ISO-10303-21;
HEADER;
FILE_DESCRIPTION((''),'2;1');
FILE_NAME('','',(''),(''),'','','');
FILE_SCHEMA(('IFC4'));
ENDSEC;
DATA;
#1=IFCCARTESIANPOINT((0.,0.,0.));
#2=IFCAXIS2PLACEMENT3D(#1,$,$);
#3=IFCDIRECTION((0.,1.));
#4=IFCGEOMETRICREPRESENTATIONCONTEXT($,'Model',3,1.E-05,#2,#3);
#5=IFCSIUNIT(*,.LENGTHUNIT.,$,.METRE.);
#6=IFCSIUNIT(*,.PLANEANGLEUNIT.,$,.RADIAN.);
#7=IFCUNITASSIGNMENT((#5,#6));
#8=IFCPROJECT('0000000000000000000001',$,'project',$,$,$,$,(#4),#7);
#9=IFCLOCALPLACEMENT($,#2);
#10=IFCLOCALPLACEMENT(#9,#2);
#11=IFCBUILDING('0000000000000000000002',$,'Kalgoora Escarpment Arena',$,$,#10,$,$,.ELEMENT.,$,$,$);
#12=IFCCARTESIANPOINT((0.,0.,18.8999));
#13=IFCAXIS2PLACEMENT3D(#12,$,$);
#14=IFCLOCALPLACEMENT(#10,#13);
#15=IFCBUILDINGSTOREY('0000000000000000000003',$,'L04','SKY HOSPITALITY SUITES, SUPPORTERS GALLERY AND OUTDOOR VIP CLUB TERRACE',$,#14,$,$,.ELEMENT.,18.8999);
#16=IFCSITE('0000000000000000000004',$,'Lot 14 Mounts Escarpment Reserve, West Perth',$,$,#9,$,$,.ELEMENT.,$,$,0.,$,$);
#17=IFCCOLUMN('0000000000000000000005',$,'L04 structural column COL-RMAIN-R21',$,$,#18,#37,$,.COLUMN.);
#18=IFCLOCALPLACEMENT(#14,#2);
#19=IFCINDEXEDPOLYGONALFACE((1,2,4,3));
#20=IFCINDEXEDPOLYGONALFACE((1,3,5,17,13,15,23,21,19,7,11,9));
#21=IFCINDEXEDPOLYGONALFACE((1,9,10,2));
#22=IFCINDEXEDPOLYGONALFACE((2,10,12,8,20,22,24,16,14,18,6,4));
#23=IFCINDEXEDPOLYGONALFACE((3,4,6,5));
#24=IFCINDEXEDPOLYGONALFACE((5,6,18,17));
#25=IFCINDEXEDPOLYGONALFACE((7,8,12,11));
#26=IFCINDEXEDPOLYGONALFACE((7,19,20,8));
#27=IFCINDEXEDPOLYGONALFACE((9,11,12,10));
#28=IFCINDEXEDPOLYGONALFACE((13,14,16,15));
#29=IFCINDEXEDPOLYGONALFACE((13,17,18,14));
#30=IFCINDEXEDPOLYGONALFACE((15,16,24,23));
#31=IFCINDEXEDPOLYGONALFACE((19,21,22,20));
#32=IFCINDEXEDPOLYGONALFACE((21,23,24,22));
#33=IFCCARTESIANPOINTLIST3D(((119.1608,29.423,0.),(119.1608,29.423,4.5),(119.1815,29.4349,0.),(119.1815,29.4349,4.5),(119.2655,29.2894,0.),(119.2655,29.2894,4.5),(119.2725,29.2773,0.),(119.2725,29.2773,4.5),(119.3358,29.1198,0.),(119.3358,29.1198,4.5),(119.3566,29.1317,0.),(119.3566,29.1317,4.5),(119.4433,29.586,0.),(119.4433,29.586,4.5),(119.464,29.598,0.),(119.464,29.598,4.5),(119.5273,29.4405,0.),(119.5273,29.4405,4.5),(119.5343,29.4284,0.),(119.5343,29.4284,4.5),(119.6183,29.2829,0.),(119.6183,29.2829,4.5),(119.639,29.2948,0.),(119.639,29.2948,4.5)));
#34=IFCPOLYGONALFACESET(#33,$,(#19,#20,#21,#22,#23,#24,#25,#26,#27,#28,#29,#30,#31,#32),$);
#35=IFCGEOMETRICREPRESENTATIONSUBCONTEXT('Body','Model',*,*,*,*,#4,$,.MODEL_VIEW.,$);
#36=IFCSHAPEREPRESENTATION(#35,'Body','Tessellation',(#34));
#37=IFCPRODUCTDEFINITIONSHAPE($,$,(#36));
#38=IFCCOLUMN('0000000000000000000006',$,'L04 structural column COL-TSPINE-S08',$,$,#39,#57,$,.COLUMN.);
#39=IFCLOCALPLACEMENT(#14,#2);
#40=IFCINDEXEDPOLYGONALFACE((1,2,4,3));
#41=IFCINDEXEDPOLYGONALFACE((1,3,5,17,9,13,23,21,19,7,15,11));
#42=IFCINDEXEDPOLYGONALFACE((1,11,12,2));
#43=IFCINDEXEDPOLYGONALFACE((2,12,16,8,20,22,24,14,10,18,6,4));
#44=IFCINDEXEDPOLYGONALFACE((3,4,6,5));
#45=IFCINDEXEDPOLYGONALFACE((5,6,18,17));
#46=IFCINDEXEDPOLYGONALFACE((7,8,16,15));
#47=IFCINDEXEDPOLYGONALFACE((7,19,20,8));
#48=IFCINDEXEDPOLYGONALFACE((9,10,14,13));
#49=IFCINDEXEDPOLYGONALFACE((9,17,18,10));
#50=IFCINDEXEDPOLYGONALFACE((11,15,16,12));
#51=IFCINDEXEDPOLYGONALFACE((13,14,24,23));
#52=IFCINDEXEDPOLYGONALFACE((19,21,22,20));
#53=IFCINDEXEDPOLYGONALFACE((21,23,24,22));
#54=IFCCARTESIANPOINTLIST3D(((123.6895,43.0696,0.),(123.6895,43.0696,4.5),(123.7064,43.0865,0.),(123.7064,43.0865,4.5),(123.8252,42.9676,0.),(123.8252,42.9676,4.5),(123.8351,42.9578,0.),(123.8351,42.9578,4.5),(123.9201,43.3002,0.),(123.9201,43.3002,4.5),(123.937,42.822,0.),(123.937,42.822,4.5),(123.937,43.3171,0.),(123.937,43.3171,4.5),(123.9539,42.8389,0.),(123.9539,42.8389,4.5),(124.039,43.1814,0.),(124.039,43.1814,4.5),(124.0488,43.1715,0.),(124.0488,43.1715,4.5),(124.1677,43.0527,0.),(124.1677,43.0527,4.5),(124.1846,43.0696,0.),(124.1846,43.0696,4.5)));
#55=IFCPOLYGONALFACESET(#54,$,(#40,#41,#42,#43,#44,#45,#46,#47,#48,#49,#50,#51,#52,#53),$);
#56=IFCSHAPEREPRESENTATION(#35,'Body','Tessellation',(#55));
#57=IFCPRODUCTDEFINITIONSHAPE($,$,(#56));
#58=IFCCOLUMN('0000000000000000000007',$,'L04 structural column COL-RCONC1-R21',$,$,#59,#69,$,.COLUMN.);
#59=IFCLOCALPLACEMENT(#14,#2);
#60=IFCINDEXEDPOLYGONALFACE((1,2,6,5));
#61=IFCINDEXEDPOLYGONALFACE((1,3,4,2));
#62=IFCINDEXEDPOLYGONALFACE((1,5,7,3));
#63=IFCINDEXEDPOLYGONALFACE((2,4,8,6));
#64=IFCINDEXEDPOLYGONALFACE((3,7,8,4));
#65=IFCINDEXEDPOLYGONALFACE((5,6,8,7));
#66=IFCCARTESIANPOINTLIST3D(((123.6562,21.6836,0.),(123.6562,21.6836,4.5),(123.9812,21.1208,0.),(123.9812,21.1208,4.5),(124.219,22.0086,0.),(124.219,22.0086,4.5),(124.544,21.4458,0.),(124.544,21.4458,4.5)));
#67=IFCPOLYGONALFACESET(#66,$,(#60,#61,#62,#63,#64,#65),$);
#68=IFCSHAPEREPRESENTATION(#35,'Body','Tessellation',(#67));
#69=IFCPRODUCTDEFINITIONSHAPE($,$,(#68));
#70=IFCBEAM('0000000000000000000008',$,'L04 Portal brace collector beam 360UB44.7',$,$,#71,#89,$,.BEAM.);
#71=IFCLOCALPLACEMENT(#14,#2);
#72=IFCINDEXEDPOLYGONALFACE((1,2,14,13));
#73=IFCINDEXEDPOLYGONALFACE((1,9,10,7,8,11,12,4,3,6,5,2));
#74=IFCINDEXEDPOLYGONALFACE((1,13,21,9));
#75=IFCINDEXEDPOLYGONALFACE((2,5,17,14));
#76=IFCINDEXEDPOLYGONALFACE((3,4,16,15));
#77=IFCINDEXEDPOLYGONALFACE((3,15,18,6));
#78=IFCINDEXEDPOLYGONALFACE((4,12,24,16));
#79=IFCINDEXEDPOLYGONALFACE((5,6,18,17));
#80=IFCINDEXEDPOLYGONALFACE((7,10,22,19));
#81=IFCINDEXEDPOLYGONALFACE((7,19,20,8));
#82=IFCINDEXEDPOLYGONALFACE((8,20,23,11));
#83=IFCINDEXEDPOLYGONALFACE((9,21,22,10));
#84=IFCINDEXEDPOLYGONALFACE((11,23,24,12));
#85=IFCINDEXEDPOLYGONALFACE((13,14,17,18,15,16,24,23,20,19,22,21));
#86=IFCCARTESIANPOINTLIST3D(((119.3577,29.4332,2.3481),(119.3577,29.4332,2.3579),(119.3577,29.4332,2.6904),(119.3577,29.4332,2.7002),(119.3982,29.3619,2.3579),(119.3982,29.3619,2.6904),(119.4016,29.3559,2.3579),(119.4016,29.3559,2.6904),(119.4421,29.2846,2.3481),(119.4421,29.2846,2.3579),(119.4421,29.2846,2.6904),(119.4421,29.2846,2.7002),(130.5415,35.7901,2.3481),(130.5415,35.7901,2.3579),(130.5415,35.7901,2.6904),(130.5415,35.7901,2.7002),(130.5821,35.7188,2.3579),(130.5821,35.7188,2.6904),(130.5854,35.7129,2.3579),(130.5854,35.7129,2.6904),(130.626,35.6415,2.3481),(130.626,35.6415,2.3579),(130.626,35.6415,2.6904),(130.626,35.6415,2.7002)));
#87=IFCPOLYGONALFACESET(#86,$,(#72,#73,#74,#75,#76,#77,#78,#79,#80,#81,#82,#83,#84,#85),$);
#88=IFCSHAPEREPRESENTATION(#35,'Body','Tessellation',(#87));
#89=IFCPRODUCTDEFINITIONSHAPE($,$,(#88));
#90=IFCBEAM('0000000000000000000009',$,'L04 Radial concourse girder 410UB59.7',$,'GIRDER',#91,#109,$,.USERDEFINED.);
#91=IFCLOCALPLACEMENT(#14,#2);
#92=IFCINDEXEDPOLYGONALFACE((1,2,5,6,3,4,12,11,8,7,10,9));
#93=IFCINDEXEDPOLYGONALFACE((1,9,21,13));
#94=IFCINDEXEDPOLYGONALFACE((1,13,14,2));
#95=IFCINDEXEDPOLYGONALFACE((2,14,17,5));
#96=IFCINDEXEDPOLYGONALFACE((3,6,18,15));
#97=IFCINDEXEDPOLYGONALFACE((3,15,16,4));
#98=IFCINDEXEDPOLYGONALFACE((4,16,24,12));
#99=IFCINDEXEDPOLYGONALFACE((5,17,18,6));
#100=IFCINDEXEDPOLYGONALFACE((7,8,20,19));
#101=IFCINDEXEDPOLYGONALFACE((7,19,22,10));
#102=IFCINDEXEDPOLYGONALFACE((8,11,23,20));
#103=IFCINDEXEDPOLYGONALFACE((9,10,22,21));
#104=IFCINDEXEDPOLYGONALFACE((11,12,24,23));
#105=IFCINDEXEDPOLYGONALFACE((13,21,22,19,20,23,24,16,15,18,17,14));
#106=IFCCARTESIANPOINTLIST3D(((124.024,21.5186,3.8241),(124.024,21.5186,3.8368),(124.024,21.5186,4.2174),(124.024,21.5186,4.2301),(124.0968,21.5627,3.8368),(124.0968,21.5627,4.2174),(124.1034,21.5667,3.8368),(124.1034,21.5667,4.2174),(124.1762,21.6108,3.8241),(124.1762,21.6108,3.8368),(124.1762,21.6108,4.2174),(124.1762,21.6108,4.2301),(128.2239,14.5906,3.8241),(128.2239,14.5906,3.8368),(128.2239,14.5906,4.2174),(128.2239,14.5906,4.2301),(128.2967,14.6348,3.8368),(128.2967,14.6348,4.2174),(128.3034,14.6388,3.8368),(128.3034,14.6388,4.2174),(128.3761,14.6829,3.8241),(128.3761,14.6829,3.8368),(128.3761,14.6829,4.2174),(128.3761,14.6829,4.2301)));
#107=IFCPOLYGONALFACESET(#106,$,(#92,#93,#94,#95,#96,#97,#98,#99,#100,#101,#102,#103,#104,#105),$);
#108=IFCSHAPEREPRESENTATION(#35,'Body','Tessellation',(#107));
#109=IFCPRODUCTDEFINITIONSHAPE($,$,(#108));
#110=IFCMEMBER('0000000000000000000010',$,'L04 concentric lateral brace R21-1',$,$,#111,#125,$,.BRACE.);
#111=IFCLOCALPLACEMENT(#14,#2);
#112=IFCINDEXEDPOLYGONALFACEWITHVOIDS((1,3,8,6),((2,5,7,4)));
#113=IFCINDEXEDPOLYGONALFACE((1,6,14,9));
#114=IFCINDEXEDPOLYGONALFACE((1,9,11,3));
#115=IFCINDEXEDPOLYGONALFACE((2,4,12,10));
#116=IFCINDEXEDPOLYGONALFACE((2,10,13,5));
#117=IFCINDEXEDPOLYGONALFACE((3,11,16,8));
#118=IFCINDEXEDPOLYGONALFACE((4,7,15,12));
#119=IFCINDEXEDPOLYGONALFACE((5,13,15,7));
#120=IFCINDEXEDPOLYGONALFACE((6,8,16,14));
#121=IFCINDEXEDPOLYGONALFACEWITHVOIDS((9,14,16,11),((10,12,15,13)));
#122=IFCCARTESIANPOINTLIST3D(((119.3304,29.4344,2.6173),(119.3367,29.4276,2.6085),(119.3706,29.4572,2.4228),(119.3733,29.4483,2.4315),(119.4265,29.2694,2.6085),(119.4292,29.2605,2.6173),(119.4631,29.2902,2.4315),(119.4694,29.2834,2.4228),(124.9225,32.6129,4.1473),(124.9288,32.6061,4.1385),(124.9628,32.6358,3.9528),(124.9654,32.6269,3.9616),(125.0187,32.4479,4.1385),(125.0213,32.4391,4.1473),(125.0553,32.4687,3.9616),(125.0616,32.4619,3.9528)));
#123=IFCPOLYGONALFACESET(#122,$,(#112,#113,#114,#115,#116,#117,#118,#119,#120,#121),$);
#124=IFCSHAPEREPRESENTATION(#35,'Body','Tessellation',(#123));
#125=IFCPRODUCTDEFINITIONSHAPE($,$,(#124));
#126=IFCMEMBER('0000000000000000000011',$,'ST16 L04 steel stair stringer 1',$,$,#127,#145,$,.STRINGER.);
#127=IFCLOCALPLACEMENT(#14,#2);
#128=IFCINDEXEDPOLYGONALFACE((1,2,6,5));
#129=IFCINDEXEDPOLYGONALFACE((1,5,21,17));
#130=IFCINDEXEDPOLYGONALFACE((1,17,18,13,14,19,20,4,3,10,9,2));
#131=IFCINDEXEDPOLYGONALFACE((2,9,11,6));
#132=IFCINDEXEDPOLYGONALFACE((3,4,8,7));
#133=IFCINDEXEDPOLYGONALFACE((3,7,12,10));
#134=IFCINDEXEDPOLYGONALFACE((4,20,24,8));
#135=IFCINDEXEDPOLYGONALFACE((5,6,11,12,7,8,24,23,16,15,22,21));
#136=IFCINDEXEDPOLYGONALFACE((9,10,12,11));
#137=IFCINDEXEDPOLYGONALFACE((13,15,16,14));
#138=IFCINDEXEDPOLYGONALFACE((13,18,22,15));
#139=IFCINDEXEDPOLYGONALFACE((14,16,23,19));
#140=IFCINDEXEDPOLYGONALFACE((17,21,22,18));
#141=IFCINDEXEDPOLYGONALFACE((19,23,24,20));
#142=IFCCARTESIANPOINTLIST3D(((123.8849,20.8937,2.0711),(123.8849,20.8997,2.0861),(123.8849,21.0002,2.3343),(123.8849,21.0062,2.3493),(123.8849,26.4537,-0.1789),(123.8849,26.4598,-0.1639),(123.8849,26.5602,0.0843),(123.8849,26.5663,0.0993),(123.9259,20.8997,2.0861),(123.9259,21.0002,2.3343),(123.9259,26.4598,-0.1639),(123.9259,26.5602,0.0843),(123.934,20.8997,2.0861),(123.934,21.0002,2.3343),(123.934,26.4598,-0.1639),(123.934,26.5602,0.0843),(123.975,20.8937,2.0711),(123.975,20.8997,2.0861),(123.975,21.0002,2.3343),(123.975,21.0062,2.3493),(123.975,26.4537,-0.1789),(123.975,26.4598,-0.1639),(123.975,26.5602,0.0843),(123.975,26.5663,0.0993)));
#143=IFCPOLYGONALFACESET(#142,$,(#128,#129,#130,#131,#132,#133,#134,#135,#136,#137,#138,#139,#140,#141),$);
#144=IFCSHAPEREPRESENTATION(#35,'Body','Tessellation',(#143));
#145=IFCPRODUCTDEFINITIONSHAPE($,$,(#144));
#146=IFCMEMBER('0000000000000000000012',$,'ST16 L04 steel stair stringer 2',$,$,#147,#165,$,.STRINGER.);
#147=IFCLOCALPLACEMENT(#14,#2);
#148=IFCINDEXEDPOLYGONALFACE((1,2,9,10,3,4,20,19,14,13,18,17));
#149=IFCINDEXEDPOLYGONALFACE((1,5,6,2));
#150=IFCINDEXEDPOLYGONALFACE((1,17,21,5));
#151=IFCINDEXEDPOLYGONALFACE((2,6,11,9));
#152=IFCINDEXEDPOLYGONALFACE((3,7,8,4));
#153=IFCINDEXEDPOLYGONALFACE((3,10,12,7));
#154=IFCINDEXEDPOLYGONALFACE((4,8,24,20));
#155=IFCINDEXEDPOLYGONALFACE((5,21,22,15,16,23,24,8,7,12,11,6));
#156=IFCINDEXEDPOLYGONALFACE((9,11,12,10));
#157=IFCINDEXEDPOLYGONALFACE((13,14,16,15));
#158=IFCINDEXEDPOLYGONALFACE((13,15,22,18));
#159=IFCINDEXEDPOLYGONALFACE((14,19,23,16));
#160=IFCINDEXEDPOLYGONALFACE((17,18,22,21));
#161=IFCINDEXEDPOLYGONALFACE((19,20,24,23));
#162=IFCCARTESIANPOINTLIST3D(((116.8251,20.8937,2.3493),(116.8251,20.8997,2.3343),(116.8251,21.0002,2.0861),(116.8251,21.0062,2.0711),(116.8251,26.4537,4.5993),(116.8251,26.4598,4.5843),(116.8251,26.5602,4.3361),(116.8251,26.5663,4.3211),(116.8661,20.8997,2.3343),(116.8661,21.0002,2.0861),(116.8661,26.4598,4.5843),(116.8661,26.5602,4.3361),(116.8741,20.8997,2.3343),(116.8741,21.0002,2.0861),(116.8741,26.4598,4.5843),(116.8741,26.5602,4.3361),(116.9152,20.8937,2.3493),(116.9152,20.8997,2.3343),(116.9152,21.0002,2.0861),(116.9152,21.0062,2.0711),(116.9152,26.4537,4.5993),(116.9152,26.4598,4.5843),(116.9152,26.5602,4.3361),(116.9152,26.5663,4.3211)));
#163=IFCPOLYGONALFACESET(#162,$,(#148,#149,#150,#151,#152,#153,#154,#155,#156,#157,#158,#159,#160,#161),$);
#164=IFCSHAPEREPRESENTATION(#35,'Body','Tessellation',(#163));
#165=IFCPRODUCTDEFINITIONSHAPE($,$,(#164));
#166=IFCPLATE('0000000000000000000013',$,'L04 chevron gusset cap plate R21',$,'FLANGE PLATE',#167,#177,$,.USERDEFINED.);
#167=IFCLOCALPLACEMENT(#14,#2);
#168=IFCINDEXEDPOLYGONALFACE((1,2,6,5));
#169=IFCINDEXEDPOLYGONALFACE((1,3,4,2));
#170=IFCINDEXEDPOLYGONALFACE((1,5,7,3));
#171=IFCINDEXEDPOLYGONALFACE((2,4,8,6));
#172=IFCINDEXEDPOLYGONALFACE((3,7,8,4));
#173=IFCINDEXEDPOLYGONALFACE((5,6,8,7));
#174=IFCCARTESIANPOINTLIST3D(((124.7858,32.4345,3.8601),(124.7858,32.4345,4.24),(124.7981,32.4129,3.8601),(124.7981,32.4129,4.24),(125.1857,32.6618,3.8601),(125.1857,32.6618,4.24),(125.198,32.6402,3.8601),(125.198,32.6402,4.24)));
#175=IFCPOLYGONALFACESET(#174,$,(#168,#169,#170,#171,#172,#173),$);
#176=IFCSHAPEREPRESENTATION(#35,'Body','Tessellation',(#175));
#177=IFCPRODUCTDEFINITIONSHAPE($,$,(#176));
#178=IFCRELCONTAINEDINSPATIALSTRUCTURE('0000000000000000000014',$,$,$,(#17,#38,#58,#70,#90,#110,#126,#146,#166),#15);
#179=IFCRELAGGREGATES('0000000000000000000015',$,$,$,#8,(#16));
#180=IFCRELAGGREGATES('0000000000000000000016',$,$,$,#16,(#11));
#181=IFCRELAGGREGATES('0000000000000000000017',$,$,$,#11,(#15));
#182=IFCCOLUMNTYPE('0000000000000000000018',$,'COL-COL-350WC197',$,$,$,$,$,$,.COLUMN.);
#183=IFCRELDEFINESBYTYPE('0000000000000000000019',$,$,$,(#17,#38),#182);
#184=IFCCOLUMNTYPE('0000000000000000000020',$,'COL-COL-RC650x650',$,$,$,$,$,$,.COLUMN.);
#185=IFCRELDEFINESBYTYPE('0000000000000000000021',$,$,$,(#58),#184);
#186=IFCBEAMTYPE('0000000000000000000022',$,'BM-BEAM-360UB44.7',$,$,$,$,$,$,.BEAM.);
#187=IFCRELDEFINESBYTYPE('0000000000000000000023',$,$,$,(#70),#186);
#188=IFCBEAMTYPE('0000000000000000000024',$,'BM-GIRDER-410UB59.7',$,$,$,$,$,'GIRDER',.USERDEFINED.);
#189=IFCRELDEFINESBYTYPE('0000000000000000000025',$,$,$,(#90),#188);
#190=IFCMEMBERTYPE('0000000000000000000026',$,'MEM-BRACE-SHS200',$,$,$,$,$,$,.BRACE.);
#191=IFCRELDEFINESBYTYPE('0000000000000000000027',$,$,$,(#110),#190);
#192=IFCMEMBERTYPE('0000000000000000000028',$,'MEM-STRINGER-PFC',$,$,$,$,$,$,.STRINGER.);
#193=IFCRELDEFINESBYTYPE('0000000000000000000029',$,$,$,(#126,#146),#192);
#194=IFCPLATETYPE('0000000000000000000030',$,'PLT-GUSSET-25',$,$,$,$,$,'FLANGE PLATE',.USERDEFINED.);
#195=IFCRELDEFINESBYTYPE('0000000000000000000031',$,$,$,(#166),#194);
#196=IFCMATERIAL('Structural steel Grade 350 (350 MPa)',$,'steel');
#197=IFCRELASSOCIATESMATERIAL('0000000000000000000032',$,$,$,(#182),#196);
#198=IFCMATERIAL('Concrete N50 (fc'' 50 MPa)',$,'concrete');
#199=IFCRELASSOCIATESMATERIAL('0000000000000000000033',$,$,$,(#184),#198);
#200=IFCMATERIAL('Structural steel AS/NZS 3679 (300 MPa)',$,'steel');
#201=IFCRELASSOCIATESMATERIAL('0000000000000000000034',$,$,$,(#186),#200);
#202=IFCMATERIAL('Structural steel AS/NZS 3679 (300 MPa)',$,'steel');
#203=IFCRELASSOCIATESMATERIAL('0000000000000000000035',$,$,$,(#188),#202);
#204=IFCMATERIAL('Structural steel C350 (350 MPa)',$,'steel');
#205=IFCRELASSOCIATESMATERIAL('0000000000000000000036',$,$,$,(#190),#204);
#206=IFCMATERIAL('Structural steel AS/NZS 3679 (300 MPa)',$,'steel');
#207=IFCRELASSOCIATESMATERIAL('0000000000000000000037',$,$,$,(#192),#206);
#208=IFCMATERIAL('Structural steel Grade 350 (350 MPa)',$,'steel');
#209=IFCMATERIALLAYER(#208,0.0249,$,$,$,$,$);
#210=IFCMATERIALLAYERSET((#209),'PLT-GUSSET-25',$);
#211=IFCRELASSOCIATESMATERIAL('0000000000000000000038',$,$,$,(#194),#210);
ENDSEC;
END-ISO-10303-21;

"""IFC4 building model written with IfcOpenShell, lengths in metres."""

from ifc_helpers import new_model, si_unit, direction, frame, origin, origin_2d, place, context, subcontext, project, spatial, rectangle, hollow_rectangle, i_section, extrude, material, layer, layer_set, material_profile, profile_set, type_object, element, save


model = new_model("IFC4")

# Units and contexts
model_context = context("Model", 3, precision=1e-05, world=origin(), true_north=direction((0.0, 1.0)))
body_context = subcontext(model_context, "Body", "Model", "MODEL_VIEW")
ifc_project = project(units=[si_unit("LENGTHUNIT", "METRE"), si_unit("PLANEANGLEUNIT", "RADIAN")], contexts=[model_context])

# Site, building, storey
site_placement = place(None, origin())
site = spatial("IfcSite", under=ifc_project, at=site_placement, Name="Lot 14 Mounts Escarpment Reserve, West Perth", CompositionType="ELEMENT", RefElevation=0.0)
building_placement = place(site_placement, origin())
building = spatial("IfcBuilding", under=site, at=building_placement, Name="Kalgoora Escarpment Arena", CompositionType="ELEMENT")
storey_placement = place(building_placement, frame((0.0, 0.0, 18.8999)))
storey = spatial("IfcBuildingStorey", under=building, at=storey_placement, Name="L04", Description="SKY HOSPITALITY SUITES, SUPPORTERS GALLERY AND OUTDOOR VIP CLUB TERRACE", CompositionType="ELEMENT", Elevation=18.8999)

# Columns
ifc_material_1 = material(Name="Structural steel Grade 350 (350 MPa)", Category="steel")
ifc_material_profile_1 = material_profile(ifc_material_1, i_section(OverallWidth=0.3501, OverallDepth=0.3501, WebThickness=0.0139, FlangeThickness=0.0239, at=origin_2d()))
ifc_profile_set_1 = profile_set([ifc_material_profile_1], Name="Structural steel Grade 350 (350 MPa)")
column_type_1 = type_object("IfcColumnType", Name="COL-COL-350WC197", PredefinedType="COLUMN", material=ifc_profile_set_1)
for number, where, z_axis, x_axis, name in (
    (1, (119.3999, 29.3589, 0.0), (0.0, 0.0, 1.0), (0.5, -0.866025, 0.0), "L04 structural column COL-RMAIN-R21"),
    (2, (123.937, 43.0696, 0.0), (0.0, 0.0, 1.0), (0.707107, -0.707107, 0.0), "L04 structural column COL-TSPINE-S08"),
):
    element("IfcColumn", number, at=place(storey_placement, frame(where, z_axis=z_axis, x_axis=x_axis)), inside=storey, type_object=column_type_1, Name=name, PredefinedType="COLUMN", context=body_context, shape_type="SweptSolid", body=[
        extrude(i_section(OverallWidth=0.3501, OverallDepth=0.3501, WebThickness=0.0139, FlangeThickness=0.0239, at=origin_2d()), origin(), (0.0, 0.0, 1.0), 4.5),
    ])
ifc_material_2 = material(Name="Concrete N50 (fc' 50 MPa)", Category="concrete")
ifc_material_profile_2 = material_profile(ifc_material_2, rectangle(XDim=0.6499, YDim=0.6499, at=origin_2d()))
ifc_profile_set_2 = profile_set([ifc_material_profile_2], Name="Concrete N50 (fc' 50 MPa)")
column_type_2 = type_object("IfcColumnType", Name="COL-COL-RC650x650", PredefinedType="COLUMN", material=ifc_profile_set_2)
column_placement = place(storey_placement, frame((124.1001, 21.5647, 0.0), z_axis=(0.0, 0.0, 1.0), x_axis=(0.5, -0.866025, 0.0)))
element("IfcColumn", 3, at=column_placement, inside=storey, type_object=column_type_2, Name="L04 structural column COL-RCONC1-R21", PredefinedType="COLUMN", context=body_context, shape_type="SweptSolid", body=[
    extrude(rectangle(XDim=0.6499, YDim=0.6499, at=origin_2d()), origin(), (0.0, 0.0, 1.0), 4.5),
])

# Beams
ifc_material_3 = material(Name="Structural steel AS/NZS 3679 (300 MPa)", Category="steel")
ifc_material_profile_3 = material_profile(ifc_material_3, i_section(OverallWidth=0.1709, OverallDepth=0.3521, WebThickness=0.0068, FlangeThickness=0.0098, at=origin_2d()))
ifc_profile_set_3 = profile_set([ifc_material_profile_3], Name="Structural steel AS/NZS 3679 (300 MPa)")
beam_type_1 = type_object("IfcBeamType", Name="BM-BEAM-360UB44.7", PredefinedType="BEAM", material=ifc_profile_set_3)
beam_1_placement = place(storey_placement, frame((119.3999, 29.3589, 2.5242), z_axis=(0.869374, 0.494155, 0.0), x_axis=(-0.494155, 0.869374, 0.0)))
element("IfcBeam", 4, at=beam_1_placement, inside=storey, type_object=beam_type_1, Name="L04 Portal brace collector beam 360UB44.7", PredefinedType="BEAM", context=body_context, shape_type="SweptSolid", body=[
    extrude(i_section(OverallWidth=0.1709, OverallDepth=0.3521, WebThickness=0.0068, FlangeThickness=0.0098, at=origin_2d()), origin(), (0.0, 0.0, 1.0), 12.8643),
])
ifc_material_4 = material(Name="Structural steel AS/NZS 3679 (300 MPa)", Category="steel")
ifc_material_profile_4 = material_profile(ifc_material_4, i_section(OverallWidth=0.178, OverallDepth=0.406, WebThickness=0.0078, FlangeThickness=0.0127, at=origin_2d()))
ifc_profile_set_4 = profile_set([ifc_material_profile_4], Name="Structural steel AS/NZS 3679 (300 MPa)")
beam_type_2 = type_object("IfcBeamType", Name="BM-GIRDER-410UB59.7", ElementType="GIRDER", PredefinedType="USERDEFINED", material=ifc_profile_set_4)
beam_2_placement = place(storey_placement, frame((124.1001, 21.5647, 4.0271), z_axis=(0.518408, -0.855133, 0.0), x_axis=(0.855133, 0.518408, 0.0)))
element("IfcBeam", 5, at=beam_2_placement, inside=storey, type_object=beam_type_2, Name="L04 Radial concourse girder 410UB59.7", ObjectType="GIRDER", PredefinedType="USERDEFINED", context=body_context, shape_type="SweptSolid", body=[
    extrude(i_section(OverallWidth=0.178, OverallDepth=0.406, WebThickness=0.0078, FlangeThickness=0.0127, at=origin_2d()), origin(), (0.0, 0.0, 1.0), 8.1016),
])

# Members
ifc_material_5 = material(Name="Structural steel C350 (350 MPa)", Category="steel")
ifc_material_profile_5 = material_profile(ifc_material_5, hollow_rectangle(XDim=0.2, YDim=0.2, WallThickness=0.009, at=origin_2d()))
ifc_profile_set_5 = profile_set([ifc_material_profile_5], Name="Structural steel C350 (350 MPa)")
member_type_1 = type_object("IfcMemberType", Name="MEM-BRACE-SHS200", PredefinedType="BRACE", material=ifc_profile_set_5)
member_placement = place(storey_placement, frame((119.3999, 29.3589, 2.52), z_axis=(0.84578, 0.480734, 0.231412), x_axis=(-0.494147, 0.869378, 0.0)))
element("IfcMember", 6, at=member_placement, inside=storey, type_object=member_type_1, Name="L04 concentric lateral brace R21-1", PredefinedType="BRACE", context=body_context, shape_type="SweptSolid", body=[
    extrude(hollow_rectangle(XDim=0.2, YDim=0.2, WallThickness=0.009, at=origin_2d()), origin(), (0.0, 0.0, 1.0), 6.6118),
])
ifc_material_6 = material(Name="Structural steel AS/NZS 3679 (300 MPa)", Category="steel")
ifc_material_profile_6 = material_profile(ifc_material_6, i_section(OverallWidth=0.0901, OverallDepth=0.3, WebThickness=0.0081, FlangeThickness=0.0161, at=origin_2d()))
ifc_profile_set_6 = profile_set([ifc_material_profile_6], Name="Structural steel AS/NZS 3679 (300 MPa)")
member_type_2 = type_object("IfcMemberType", Name="MEM-STRINGER-PFC", PredefinedType="STRINGER", material=ifc_profile_set_6)
for number, where, z_axis, x_axis, name in (
    (7, (123.9299, 26.51, -0.0398), (0.0, -0.926976, 0.375121), (1.0, 0.0, 0.0), "ST16 L04 steel stair stringer 1"),
    (8, (116.8701, 20.95, 2.2102), (0.0, 0.926976, 0.375121), (-1.0, 0.0, 0.0), "ST16 L04 steel stair stringer 2"),
):
    element("IfcMember", number, at=place(storey_placement, frame(where, z_axis=z_axis, x_axis=x_axis)), inside=storey, type_object=member_type_2, Name=name, PredefinedType="STRINGER", context=body_context, shape_type="SweptSolid", body=[
        extrude(i_section(OverallWidth=0.0901, OverallDepth=0.3, WebThickness=0.0081, FlangeThickness=0.0161, at=origin_2d()), origin(), (0.0, 0.0, 1.0), 5.998),
    ])

# Plate
ifc_material_7 = material(Name="Structural steel Grade 350 (350 MPa)", Category="steel")
ifc_layer_1 = layer(ifc_material_7, 0.0249)
ifc_layer_set_1 = layer_set([ifc_layer_1], Name="PLT-GUSSET-25")
plate_type = type_object("IfcPlateType", Name="PLT-GUSSET-25", ElementType="FLANGE PLATE", PredefinedType="USERDEFINED", material=ifc_layer_set_1)
plate_1_placement = place(storey_placement, frame((124.9919, 32.5374, 3.8601), z_axis=(0.0, 0.0, 1.0), x_axis=(0.869409, 0.494094, 0.0)))
element("IfcPlate", 9, at=plate_1_placement, inside=storey, type_object=plate_type, Name="L04 chevron gusset cap plate R21", ObjectType="FLANGE PLATE", PredefinedType="USERDEFINED", context=body_context, shape_type="SweptSolid", body=[
    extrude(rectangle(XDim=0.46, YDim=0.0249, at=origin_2d()), origin(), (0.0, 0.0, 1.0), 0.3799),
])

save(model, "model.ifc")
